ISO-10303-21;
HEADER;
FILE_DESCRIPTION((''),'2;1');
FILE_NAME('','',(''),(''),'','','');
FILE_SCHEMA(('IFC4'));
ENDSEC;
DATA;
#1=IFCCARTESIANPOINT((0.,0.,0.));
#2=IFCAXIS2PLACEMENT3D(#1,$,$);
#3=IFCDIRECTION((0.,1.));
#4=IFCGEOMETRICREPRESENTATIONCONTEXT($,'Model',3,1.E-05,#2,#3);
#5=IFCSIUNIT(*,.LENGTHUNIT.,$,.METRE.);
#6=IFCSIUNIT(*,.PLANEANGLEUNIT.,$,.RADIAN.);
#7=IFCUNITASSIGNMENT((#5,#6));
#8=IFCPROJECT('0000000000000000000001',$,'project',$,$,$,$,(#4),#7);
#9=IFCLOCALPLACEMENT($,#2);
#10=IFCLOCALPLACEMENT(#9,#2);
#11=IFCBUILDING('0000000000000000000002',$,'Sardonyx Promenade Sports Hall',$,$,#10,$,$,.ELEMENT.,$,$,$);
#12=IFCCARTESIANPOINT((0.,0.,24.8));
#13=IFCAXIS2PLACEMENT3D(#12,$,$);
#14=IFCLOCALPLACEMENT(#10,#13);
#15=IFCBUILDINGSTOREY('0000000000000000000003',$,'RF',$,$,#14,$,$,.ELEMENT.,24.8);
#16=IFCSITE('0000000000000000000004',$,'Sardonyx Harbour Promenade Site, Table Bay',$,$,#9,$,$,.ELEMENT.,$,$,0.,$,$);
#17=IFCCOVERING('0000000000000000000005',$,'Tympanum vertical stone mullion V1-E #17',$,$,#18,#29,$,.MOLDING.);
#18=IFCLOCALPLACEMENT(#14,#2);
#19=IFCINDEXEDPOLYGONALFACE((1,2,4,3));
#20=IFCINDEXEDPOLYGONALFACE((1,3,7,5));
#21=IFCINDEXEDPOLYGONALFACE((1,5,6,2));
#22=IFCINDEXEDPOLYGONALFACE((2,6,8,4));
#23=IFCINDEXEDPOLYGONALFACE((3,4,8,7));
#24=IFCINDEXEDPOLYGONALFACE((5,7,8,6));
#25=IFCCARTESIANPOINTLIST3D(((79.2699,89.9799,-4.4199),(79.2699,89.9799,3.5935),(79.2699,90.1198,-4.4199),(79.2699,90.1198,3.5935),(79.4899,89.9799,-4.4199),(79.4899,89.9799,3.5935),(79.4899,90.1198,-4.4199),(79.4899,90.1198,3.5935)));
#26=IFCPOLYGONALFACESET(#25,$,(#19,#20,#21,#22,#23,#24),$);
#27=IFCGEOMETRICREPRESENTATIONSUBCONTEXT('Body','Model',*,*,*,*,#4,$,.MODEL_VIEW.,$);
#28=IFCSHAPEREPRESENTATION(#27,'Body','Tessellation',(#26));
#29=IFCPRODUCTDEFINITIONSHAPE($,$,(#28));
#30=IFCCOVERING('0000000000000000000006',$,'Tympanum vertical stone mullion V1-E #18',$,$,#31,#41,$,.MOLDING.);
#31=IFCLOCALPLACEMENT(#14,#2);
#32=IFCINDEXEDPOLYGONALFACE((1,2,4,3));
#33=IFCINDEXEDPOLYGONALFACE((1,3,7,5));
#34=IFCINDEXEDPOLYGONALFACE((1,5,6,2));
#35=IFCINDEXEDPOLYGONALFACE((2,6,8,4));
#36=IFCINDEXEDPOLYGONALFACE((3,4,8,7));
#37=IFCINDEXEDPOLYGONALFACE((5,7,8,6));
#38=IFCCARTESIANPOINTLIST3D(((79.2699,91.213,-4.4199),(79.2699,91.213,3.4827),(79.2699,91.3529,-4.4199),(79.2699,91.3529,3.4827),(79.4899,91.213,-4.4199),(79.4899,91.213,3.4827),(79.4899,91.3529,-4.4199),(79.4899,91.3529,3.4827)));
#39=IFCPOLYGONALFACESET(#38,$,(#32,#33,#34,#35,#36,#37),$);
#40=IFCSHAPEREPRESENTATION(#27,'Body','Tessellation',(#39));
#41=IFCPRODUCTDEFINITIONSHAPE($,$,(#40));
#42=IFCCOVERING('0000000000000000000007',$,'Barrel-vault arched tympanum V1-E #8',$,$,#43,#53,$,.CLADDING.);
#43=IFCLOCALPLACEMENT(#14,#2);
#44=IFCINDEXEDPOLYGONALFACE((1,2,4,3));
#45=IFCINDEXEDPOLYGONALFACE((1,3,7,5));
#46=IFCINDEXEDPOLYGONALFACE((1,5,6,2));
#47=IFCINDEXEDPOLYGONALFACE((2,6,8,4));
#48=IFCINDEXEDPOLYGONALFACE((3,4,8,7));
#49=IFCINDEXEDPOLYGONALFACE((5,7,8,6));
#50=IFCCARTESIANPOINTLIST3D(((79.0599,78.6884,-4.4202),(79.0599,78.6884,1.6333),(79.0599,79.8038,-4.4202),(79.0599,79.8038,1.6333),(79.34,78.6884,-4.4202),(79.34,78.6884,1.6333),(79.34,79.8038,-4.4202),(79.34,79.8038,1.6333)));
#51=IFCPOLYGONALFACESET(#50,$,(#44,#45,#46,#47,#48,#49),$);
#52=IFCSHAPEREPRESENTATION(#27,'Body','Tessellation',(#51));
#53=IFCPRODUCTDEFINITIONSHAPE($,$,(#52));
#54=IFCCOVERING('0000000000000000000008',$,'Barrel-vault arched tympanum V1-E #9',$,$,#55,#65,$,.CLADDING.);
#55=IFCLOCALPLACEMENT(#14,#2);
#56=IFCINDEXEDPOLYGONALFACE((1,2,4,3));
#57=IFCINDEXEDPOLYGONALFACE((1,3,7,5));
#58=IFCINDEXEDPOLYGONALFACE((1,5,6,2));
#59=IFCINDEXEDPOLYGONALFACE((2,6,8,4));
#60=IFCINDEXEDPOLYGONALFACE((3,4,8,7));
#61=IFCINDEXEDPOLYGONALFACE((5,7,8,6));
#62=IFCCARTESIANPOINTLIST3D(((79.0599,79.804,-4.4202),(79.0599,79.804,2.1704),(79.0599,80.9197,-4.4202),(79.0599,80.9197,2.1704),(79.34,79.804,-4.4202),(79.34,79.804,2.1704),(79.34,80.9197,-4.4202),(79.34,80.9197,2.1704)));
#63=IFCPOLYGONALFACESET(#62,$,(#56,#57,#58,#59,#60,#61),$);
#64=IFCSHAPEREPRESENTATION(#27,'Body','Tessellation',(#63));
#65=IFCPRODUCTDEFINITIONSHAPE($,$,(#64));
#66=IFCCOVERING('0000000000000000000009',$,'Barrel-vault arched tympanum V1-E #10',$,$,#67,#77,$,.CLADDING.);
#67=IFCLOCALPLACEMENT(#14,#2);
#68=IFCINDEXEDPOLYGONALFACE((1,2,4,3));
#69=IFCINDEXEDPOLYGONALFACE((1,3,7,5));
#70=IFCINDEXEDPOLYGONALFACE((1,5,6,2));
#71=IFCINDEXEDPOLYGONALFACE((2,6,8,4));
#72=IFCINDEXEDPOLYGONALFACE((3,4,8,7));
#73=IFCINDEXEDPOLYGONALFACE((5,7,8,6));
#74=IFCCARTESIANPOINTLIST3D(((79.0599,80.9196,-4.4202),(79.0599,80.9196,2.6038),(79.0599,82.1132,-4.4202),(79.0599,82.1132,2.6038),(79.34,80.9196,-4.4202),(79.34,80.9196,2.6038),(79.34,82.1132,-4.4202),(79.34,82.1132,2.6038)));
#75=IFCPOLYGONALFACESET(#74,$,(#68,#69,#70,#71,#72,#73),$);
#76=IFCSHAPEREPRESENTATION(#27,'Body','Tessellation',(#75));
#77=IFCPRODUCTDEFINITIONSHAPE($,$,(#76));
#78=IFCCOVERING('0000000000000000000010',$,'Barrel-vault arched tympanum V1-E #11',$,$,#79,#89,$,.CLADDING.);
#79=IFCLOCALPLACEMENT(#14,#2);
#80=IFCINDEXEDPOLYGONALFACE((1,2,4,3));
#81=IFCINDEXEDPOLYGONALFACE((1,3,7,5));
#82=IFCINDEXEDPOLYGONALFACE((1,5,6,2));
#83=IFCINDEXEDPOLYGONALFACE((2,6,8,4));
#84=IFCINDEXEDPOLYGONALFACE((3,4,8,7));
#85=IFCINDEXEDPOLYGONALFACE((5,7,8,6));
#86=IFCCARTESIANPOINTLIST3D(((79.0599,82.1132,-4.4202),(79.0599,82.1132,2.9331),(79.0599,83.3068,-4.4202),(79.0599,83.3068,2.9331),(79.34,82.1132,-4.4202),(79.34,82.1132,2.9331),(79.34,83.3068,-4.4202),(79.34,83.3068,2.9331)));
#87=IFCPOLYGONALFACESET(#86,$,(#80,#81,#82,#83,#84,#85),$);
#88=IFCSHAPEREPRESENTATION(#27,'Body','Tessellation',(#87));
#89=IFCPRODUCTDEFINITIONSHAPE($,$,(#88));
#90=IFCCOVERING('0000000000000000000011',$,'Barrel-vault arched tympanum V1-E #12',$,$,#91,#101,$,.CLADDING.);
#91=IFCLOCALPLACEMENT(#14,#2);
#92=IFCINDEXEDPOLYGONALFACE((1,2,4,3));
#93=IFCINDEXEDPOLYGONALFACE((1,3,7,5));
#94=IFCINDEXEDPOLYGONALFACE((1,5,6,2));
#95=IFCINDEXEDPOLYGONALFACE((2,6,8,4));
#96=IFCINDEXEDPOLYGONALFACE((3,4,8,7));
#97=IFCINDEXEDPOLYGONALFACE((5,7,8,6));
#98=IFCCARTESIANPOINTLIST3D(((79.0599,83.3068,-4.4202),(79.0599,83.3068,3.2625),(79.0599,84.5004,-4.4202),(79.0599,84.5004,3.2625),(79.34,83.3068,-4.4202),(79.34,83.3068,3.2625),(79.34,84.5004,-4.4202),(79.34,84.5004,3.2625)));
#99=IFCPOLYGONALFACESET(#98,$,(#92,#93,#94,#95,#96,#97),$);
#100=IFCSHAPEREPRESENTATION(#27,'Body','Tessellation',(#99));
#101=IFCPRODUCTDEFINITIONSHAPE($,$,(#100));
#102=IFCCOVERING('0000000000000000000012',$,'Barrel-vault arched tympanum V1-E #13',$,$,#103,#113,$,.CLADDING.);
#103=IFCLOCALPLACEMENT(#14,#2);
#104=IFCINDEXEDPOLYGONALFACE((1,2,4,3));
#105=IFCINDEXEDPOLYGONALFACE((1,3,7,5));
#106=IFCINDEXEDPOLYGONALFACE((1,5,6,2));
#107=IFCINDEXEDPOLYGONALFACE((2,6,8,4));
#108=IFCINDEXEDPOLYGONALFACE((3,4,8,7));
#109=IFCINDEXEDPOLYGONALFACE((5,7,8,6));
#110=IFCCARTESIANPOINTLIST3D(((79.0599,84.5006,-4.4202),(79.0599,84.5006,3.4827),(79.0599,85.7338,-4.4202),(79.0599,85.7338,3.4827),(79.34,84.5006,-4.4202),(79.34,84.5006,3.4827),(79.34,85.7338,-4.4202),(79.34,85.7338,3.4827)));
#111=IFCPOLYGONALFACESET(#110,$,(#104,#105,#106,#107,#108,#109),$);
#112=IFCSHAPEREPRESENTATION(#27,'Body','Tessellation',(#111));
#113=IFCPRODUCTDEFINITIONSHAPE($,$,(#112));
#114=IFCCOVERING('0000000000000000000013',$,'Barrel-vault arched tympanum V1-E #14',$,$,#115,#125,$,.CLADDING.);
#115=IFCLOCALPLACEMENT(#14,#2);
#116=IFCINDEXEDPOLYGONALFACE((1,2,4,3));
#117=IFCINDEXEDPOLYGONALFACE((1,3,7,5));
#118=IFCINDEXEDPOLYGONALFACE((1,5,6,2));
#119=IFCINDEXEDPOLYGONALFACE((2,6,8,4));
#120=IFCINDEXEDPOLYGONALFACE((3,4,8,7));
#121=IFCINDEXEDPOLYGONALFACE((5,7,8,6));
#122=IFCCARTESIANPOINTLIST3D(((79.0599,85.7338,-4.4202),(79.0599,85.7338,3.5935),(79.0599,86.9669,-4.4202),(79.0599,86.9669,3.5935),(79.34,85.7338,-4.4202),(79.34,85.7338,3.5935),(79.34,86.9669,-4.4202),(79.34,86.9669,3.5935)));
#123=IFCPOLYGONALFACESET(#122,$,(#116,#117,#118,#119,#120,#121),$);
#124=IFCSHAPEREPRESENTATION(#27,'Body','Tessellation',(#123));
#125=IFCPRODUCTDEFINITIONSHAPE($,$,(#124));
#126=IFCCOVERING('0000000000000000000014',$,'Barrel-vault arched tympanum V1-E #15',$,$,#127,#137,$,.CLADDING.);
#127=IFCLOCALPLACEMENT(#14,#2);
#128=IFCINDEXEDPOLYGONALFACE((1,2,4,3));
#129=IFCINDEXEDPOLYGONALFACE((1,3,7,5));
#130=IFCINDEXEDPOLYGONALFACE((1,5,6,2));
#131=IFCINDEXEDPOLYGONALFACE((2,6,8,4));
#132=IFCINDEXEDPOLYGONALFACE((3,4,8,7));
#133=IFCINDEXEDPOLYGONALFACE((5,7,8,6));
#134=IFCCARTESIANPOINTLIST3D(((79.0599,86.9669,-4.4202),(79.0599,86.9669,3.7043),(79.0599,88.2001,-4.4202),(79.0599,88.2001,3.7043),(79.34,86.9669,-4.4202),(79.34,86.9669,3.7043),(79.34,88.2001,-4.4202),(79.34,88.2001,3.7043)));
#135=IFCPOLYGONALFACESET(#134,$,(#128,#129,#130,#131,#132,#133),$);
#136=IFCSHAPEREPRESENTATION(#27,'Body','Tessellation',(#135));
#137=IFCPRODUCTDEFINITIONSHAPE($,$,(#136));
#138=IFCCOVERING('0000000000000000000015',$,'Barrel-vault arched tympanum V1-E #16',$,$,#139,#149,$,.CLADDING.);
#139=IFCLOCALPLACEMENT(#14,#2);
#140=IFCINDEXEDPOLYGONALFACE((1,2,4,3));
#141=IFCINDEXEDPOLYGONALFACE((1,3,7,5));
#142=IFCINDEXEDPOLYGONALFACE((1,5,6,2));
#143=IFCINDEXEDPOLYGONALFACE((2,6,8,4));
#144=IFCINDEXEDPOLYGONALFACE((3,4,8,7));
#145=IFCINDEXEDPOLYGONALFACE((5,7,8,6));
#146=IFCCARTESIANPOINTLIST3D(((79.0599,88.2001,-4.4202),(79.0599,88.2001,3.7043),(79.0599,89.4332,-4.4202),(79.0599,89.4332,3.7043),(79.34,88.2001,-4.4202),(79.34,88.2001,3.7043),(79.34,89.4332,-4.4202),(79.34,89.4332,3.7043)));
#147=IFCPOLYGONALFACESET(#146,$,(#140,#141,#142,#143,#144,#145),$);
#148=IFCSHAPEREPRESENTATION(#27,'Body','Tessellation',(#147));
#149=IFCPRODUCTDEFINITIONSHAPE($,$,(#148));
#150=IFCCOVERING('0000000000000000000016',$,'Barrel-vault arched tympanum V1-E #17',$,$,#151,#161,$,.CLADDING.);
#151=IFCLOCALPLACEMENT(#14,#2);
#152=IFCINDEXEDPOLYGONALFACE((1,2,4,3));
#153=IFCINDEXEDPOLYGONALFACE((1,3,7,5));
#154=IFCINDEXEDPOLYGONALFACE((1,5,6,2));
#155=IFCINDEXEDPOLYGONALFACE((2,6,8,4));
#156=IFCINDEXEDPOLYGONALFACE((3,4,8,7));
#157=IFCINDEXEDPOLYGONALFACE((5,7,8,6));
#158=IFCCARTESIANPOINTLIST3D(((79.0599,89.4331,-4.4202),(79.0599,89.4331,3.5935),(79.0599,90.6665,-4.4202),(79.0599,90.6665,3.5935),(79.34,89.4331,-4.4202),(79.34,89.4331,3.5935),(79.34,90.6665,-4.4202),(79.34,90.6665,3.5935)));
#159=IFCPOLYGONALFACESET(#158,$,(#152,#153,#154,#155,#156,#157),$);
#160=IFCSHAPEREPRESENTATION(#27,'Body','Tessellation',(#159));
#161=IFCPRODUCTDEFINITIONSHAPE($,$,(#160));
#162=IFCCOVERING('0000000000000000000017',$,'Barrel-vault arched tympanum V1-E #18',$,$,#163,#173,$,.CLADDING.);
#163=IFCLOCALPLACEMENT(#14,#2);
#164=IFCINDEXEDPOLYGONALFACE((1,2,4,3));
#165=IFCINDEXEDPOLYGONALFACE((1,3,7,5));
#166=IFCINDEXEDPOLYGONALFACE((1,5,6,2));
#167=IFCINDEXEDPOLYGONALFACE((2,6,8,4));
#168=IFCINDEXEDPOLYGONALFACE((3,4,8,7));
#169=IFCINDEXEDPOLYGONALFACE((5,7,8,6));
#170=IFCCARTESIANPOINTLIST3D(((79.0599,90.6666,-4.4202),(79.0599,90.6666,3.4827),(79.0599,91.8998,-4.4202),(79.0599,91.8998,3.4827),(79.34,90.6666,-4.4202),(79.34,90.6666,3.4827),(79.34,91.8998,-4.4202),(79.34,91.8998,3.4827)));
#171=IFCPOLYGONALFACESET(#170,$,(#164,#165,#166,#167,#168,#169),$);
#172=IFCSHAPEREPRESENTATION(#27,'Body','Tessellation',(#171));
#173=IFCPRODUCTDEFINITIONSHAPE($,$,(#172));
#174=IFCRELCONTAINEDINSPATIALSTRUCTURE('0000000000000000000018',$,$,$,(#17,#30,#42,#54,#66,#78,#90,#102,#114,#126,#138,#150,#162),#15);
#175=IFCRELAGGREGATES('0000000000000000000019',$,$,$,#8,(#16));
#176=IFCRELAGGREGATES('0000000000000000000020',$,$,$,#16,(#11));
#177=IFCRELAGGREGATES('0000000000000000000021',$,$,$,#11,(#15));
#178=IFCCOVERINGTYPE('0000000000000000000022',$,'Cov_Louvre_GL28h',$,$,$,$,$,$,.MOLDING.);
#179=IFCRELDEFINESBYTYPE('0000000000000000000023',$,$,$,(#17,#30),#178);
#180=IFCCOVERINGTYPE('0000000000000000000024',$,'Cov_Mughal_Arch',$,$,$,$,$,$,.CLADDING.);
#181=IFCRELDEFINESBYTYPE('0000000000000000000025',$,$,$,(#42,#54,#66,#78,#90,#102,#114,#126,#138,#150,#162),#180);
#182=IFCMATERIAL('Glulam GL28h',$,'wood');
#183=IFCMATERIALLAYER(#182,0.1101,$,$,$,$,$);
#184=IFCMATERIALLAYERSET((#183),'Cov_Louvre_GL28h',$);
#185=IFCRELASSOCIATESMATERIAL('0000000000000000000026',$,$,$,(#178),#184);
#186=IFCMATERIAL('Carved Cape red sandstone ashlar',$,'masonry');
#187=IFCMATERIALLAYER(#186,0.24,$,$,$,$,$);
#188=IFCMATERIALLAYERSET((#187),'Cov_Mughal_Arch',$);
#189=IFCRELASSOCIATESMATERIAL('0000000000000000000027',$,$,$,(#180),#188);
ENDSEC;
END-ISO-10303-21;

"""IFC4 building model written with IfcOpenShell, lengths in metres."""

from ifc_helpers import new_model, si_unit, direction, frame, frame_2d, origin, origin_2d, place, context, subcontext, project, spatial, rectangle, extrude, material, layer, layer_set, type_object, element, save


model = new_model("IFC4")

# Units and contexts
model_context = context("Model", 3, precision=1e-05, world=origin(), true_north=direction((0.0, 1.0)))
body_context = subcontext(model_context, "Body", "Model", "MODEL_VIEW")
ifc_project = project(units=[si_unit("LENGTHUNIT", "METRE"), si_unit("PLANEANGLEUNIT", "RADIAN")], contexts=[model_context])

# Site, building, storey
site_placement = place(None, origin())
site = spatial("IfcSite", under=ifc_project, at=site_placement, Name="Sardonyx Harbour Promenade Site, Table Bay", CompositionType="ELEMENT", RefElevation=0.0)
building_placement = place(site_placement, origin())
building = spatial("IfcBuilding", under=site, at=building_placement, Name="Sardonyx Promenade Sports Hall", CompositionType="ELEMENT")
storey_placement = place(building_placement, frame((0.0, 0.0, 24.8)))
storey = spatial("IfcBuildingStorey", under=building, at=storey_placement, Name="RF", CompositionType="ELEMENT", Elevation=24.8)

# Coverings
ifc_material_1 = material(Name="Glulam GL28h", Category="wood")
ifc_layer_1 = layer(ifc_material_1, 0.1101)
ifc_layer_set_1 = layer_set([ifc_layer_1], Name="Cov_Louvre_GL28h")
covering_type_1 = type_object("IfcCoveringType", Name="Cov_Louvre_GL28h", PredefinedType="MOLDING", material=ifc_layer_set_1)
covering_1_placement = place(storey_placement, frame((79.3799, 90.0498, -4.4199), z_axis=(0.0, 0.0, 1.0), x_axis=(1.0, 0.0, 0.0)))
element("IfcCovering", 1, at=covering_1_placement, inside=storey, type_object=covering_type_1, Name="Tympanum vertical stone mullion V1-E #17", PredefinedType="MOLDING", context=body_context, shape_type="SweptSolid", body=[
    extrude(rectangle(XDim=0.22, YDim=0.1399, at=origin_2d()), origin(), (0.0, 0.0, 1.0), 8.0134),
])
covering_2_placement = place(storey_placement, frame((79.3799, 91.283, -4.4199), z_axis=(0.0, 0.0, 1.0), x_axis=(1.0, 0.0, 0.0)))
element("IfcCovering", 2, at=covering_2_placement, inside=storey, type_object=covering_type_1, Name="Tympanum vertical stone mullion V1-E #18", PredefinedType="MOLDING", context=body_context, shape_type="SweptSolid", body=[
    extrude(rectangle(XDim=0.22, YDim=0.1399, at=origin_2d()), origin(), (0.0, 0.0, 1.0), 7.9026),
])
ifc_material_2 = material(Name="Carved Cape red sandstone ashlar", Category="masonry")
ifc_layer_2 = layer(ifc_material_2, 0.24)
ifc_layer_set_2 = layer_set([ifc_layer_2], Name="Cov_Mughal_Arch")
covering_type_2 = type_object("IfcCoveringType", Name="Cov_Mughal_Arch", PredefinedType="CLADDING", material=ifc_layer_set_2)
covering_3_placement = place(storey_placement, frame((79.2, 78.6885, -4.4202), z_axis=(0.0, 0.0, 1.0), x_axis=(0.0, 1.0, 0.0)))
element("IfcCovering", 3, at=covering_3_placement, inside=storey, type_object=covering_type_2, Name="Barrel-vault arched tympanum V1-E #8", PredefinedType="CLADDING", context=body_context, shape_type="SweptSolid", body=[
    extrude(rectangle(XDim=1.1155, YDim=0.28, at=frame_2d((0.5576, 0.0))), origin(), (0.0, 0.0, 1.0), 6.0535),
])
covering_4_placement = place(storey_placement, frame((79.2, 79.804, -4.4202), z_axis=(0.0, 0.0, 1.0), x_axis=(0.0, 1.0, 0.0)))
element("IfcCovering", 4, at=covering_4_placement, inside=storey, type_object=covering_type_2, Name="Barrel-vault arched tympanum V1-E #9", PredefinedType="CLADDING", context=body_context, shape_type="SweptSolid", body=[
    extrude(rectangle(XDim=1.1157, YDim=0.28, at=frame_2d((0.5579, 0.0))), origin(), (0.0, 0.0, 1.0), 6.5906),
])
covering_5_placement = place(storey_placement, frame((79.2, 80.9197, -4.4202), z_axis=(0.0, 0.0, 1.0), x_axis=(0.0, 1.0, 0.0)))
element("IfcCovering", 5, at=covering_5_placement, inside=storey, type_object=covering_type_2, Name="Barrel-vault arched tympanum V1-E #10", PredefinedType="CLADDING", context=body_context, shape_type="SweptSolid", body=[
    extrude(rectangle(XDim=1.1936, YDim=0.28, at=frame_2d((0.5967, 0.0))), origin(), (0.0, 0.0, 1.0), 7.0239),
])
covering_6_placement = place(storey_placement, frame((79.2, 82.1133, -4.4202), z_axis=(0.0, 0.0, 1.0), x_axis=(0.0, 1.0, 0.0)))
element("IfcCovering", 6, at=covering_6_placement, inside=storey, type_object=covering_type_2, Name="Barrel-vault arched tympanum V1-E #11", PredefinedType="CLADDING", context=body_context, shape_type="SweptSolid", body=[
    extrude(rectangle(XDim=1.1936, YDim=0.28, at=frame_2d((0.5967, 0.0))), origin(), (0.0, 0.0, 1.0), 7.3533),
])
covering_7_placement = place(storey_placement, frame((79.2, 83.3069, -4.4202), z_axis=(0.0, 0.0, 1.0), x_axis=(0.0, 1.0, 0.0)))
element("IfcCovering", 7, at=covering_7_placement, inside=storey, type_object=covering_type_2, Name="Barrel-vault arched tympanum V1-E #12", PredefinedType="CLADDING", context=body_context, shape_type="SweptSolid", body=[
    extrude(rectangle(XDim=1.1936, YDim=0.28, at=frame_2d((0.5967, 0.0))), origin(), (0.0, 0.0, 1.0), 7.6826),
])
covering_8_placement = place(storey_placement, frame((79.2, 84.5005, -4.4202), z_axis=(0.0, 0.0, 1.0), x_axis=(0.0, 1.0, 0.0)))
element("IfcCovering", 8, at=covering_8_placement, inside=storey, type_object=covering_type_2, Name="Barrel-vault arched tympanum V1-E #13", PredefinedType="CLADDING", context=body_context, shape_type="SweptSolid", body=[
    extrude(rectangle(XDim=1.2332, YDim=0.28, at=frame_2d((0.6167, 0.0))), origin(), (0.0, 0.0, 1.0), 7.9028),
])
covering_9_placement = place(storey_placement, frame((79.2, 85.7336, -4.4202), z_axis=(0.0, 0.0, 1.0), x_axis=(0.0, 1.0, 0.0)))
element("IfcCovering", 9, at=covering_9_placement, inside=storey, type_object=covering_type_2, Name="Barrel-vault arched tympanum V1-E #14", PredefinedType="CLADDING", context=body_context, shape_type="SweptSolid", body=[
    extrude(rectangle(XDim=1.2332, YDim=0.28, at=frame_2d((0.6167, 0.0))), origin(), (0.0, 0.0, 1.0), 8.0137),
])
for number, where, z_axis, x_axis, name in (
    (10, (79.2, 86.9668, -4.4202), (0.0, 0.0, 1.0), (0.0, 1.0, 0.0), "Barrel-vault arched tympanum V1-E #15"),
    (11, (79.2, 88.2, -4.4202), (0.0, 0.0, 1.0), (0.0, 1.0, 0.0), "Barrel-vault arched tympanum V1-E #16"),
):
    element("IfcCovering", number, at=place(storey_placement, frame(where, z_axis=z_axis, x_axis=x_axis)), inside=storey, type_object=covering_type_2, Name=name, PredefinedType="CLADDING", context=body_context, shape_type="SweptSolid", body=[
        extrude(rectangle(XDim=1.2332, YDim=0.28, at=frame_2d((0.6167, 0.0))), origin(), (0.0, 0.0, 1.0), 8.1245),
    ])
covering_10_placement = place(storey_placement, frame((79.2, 89.4331, -4.4202), z_axis=(0.0, 0.0, 1.0), x_axis=(0.0, 1.0, 0.0)))
element("IfcCovering", 12, at=covering_10_placement, inside=storey, type_object=covering_type_2, Name="Barrel-vault arched tympanum V1-E #17", PredefinedType="CLADDING", context=body_context, shape_type="SweptSolid", body=[
    extrude(rectangle(XDim=1.2334, YDim=0.28, at=frame_2d((0.6167, 0.0))), origin(), (0.0, 0.0, 1.0), 8.0137),
])
covering_11_placement = place(storey_placement, frame((79.2, 90.6665, -4.4202), z_axis=(0.0, 0.0, 1.0), x_axis=(0.0, 1.0, 0.0)))
element("IfcCovering", 13, at=covering_11_placement, inside=storey, type_object=covering_type_2, Name="Barrel-vault arched tympanum V1-E #18", PredefinedType="CLADDING", context=body_context, shape_type="SweptSolid", body=[
    extrude(rectangle(XDim=1.2332, YDim=0.28, at=frame_2d((0.6167, 0.0))), origin(), (0.0, 0.0, 1.0), 7.9028),
])

save(model, "model.ifc")
